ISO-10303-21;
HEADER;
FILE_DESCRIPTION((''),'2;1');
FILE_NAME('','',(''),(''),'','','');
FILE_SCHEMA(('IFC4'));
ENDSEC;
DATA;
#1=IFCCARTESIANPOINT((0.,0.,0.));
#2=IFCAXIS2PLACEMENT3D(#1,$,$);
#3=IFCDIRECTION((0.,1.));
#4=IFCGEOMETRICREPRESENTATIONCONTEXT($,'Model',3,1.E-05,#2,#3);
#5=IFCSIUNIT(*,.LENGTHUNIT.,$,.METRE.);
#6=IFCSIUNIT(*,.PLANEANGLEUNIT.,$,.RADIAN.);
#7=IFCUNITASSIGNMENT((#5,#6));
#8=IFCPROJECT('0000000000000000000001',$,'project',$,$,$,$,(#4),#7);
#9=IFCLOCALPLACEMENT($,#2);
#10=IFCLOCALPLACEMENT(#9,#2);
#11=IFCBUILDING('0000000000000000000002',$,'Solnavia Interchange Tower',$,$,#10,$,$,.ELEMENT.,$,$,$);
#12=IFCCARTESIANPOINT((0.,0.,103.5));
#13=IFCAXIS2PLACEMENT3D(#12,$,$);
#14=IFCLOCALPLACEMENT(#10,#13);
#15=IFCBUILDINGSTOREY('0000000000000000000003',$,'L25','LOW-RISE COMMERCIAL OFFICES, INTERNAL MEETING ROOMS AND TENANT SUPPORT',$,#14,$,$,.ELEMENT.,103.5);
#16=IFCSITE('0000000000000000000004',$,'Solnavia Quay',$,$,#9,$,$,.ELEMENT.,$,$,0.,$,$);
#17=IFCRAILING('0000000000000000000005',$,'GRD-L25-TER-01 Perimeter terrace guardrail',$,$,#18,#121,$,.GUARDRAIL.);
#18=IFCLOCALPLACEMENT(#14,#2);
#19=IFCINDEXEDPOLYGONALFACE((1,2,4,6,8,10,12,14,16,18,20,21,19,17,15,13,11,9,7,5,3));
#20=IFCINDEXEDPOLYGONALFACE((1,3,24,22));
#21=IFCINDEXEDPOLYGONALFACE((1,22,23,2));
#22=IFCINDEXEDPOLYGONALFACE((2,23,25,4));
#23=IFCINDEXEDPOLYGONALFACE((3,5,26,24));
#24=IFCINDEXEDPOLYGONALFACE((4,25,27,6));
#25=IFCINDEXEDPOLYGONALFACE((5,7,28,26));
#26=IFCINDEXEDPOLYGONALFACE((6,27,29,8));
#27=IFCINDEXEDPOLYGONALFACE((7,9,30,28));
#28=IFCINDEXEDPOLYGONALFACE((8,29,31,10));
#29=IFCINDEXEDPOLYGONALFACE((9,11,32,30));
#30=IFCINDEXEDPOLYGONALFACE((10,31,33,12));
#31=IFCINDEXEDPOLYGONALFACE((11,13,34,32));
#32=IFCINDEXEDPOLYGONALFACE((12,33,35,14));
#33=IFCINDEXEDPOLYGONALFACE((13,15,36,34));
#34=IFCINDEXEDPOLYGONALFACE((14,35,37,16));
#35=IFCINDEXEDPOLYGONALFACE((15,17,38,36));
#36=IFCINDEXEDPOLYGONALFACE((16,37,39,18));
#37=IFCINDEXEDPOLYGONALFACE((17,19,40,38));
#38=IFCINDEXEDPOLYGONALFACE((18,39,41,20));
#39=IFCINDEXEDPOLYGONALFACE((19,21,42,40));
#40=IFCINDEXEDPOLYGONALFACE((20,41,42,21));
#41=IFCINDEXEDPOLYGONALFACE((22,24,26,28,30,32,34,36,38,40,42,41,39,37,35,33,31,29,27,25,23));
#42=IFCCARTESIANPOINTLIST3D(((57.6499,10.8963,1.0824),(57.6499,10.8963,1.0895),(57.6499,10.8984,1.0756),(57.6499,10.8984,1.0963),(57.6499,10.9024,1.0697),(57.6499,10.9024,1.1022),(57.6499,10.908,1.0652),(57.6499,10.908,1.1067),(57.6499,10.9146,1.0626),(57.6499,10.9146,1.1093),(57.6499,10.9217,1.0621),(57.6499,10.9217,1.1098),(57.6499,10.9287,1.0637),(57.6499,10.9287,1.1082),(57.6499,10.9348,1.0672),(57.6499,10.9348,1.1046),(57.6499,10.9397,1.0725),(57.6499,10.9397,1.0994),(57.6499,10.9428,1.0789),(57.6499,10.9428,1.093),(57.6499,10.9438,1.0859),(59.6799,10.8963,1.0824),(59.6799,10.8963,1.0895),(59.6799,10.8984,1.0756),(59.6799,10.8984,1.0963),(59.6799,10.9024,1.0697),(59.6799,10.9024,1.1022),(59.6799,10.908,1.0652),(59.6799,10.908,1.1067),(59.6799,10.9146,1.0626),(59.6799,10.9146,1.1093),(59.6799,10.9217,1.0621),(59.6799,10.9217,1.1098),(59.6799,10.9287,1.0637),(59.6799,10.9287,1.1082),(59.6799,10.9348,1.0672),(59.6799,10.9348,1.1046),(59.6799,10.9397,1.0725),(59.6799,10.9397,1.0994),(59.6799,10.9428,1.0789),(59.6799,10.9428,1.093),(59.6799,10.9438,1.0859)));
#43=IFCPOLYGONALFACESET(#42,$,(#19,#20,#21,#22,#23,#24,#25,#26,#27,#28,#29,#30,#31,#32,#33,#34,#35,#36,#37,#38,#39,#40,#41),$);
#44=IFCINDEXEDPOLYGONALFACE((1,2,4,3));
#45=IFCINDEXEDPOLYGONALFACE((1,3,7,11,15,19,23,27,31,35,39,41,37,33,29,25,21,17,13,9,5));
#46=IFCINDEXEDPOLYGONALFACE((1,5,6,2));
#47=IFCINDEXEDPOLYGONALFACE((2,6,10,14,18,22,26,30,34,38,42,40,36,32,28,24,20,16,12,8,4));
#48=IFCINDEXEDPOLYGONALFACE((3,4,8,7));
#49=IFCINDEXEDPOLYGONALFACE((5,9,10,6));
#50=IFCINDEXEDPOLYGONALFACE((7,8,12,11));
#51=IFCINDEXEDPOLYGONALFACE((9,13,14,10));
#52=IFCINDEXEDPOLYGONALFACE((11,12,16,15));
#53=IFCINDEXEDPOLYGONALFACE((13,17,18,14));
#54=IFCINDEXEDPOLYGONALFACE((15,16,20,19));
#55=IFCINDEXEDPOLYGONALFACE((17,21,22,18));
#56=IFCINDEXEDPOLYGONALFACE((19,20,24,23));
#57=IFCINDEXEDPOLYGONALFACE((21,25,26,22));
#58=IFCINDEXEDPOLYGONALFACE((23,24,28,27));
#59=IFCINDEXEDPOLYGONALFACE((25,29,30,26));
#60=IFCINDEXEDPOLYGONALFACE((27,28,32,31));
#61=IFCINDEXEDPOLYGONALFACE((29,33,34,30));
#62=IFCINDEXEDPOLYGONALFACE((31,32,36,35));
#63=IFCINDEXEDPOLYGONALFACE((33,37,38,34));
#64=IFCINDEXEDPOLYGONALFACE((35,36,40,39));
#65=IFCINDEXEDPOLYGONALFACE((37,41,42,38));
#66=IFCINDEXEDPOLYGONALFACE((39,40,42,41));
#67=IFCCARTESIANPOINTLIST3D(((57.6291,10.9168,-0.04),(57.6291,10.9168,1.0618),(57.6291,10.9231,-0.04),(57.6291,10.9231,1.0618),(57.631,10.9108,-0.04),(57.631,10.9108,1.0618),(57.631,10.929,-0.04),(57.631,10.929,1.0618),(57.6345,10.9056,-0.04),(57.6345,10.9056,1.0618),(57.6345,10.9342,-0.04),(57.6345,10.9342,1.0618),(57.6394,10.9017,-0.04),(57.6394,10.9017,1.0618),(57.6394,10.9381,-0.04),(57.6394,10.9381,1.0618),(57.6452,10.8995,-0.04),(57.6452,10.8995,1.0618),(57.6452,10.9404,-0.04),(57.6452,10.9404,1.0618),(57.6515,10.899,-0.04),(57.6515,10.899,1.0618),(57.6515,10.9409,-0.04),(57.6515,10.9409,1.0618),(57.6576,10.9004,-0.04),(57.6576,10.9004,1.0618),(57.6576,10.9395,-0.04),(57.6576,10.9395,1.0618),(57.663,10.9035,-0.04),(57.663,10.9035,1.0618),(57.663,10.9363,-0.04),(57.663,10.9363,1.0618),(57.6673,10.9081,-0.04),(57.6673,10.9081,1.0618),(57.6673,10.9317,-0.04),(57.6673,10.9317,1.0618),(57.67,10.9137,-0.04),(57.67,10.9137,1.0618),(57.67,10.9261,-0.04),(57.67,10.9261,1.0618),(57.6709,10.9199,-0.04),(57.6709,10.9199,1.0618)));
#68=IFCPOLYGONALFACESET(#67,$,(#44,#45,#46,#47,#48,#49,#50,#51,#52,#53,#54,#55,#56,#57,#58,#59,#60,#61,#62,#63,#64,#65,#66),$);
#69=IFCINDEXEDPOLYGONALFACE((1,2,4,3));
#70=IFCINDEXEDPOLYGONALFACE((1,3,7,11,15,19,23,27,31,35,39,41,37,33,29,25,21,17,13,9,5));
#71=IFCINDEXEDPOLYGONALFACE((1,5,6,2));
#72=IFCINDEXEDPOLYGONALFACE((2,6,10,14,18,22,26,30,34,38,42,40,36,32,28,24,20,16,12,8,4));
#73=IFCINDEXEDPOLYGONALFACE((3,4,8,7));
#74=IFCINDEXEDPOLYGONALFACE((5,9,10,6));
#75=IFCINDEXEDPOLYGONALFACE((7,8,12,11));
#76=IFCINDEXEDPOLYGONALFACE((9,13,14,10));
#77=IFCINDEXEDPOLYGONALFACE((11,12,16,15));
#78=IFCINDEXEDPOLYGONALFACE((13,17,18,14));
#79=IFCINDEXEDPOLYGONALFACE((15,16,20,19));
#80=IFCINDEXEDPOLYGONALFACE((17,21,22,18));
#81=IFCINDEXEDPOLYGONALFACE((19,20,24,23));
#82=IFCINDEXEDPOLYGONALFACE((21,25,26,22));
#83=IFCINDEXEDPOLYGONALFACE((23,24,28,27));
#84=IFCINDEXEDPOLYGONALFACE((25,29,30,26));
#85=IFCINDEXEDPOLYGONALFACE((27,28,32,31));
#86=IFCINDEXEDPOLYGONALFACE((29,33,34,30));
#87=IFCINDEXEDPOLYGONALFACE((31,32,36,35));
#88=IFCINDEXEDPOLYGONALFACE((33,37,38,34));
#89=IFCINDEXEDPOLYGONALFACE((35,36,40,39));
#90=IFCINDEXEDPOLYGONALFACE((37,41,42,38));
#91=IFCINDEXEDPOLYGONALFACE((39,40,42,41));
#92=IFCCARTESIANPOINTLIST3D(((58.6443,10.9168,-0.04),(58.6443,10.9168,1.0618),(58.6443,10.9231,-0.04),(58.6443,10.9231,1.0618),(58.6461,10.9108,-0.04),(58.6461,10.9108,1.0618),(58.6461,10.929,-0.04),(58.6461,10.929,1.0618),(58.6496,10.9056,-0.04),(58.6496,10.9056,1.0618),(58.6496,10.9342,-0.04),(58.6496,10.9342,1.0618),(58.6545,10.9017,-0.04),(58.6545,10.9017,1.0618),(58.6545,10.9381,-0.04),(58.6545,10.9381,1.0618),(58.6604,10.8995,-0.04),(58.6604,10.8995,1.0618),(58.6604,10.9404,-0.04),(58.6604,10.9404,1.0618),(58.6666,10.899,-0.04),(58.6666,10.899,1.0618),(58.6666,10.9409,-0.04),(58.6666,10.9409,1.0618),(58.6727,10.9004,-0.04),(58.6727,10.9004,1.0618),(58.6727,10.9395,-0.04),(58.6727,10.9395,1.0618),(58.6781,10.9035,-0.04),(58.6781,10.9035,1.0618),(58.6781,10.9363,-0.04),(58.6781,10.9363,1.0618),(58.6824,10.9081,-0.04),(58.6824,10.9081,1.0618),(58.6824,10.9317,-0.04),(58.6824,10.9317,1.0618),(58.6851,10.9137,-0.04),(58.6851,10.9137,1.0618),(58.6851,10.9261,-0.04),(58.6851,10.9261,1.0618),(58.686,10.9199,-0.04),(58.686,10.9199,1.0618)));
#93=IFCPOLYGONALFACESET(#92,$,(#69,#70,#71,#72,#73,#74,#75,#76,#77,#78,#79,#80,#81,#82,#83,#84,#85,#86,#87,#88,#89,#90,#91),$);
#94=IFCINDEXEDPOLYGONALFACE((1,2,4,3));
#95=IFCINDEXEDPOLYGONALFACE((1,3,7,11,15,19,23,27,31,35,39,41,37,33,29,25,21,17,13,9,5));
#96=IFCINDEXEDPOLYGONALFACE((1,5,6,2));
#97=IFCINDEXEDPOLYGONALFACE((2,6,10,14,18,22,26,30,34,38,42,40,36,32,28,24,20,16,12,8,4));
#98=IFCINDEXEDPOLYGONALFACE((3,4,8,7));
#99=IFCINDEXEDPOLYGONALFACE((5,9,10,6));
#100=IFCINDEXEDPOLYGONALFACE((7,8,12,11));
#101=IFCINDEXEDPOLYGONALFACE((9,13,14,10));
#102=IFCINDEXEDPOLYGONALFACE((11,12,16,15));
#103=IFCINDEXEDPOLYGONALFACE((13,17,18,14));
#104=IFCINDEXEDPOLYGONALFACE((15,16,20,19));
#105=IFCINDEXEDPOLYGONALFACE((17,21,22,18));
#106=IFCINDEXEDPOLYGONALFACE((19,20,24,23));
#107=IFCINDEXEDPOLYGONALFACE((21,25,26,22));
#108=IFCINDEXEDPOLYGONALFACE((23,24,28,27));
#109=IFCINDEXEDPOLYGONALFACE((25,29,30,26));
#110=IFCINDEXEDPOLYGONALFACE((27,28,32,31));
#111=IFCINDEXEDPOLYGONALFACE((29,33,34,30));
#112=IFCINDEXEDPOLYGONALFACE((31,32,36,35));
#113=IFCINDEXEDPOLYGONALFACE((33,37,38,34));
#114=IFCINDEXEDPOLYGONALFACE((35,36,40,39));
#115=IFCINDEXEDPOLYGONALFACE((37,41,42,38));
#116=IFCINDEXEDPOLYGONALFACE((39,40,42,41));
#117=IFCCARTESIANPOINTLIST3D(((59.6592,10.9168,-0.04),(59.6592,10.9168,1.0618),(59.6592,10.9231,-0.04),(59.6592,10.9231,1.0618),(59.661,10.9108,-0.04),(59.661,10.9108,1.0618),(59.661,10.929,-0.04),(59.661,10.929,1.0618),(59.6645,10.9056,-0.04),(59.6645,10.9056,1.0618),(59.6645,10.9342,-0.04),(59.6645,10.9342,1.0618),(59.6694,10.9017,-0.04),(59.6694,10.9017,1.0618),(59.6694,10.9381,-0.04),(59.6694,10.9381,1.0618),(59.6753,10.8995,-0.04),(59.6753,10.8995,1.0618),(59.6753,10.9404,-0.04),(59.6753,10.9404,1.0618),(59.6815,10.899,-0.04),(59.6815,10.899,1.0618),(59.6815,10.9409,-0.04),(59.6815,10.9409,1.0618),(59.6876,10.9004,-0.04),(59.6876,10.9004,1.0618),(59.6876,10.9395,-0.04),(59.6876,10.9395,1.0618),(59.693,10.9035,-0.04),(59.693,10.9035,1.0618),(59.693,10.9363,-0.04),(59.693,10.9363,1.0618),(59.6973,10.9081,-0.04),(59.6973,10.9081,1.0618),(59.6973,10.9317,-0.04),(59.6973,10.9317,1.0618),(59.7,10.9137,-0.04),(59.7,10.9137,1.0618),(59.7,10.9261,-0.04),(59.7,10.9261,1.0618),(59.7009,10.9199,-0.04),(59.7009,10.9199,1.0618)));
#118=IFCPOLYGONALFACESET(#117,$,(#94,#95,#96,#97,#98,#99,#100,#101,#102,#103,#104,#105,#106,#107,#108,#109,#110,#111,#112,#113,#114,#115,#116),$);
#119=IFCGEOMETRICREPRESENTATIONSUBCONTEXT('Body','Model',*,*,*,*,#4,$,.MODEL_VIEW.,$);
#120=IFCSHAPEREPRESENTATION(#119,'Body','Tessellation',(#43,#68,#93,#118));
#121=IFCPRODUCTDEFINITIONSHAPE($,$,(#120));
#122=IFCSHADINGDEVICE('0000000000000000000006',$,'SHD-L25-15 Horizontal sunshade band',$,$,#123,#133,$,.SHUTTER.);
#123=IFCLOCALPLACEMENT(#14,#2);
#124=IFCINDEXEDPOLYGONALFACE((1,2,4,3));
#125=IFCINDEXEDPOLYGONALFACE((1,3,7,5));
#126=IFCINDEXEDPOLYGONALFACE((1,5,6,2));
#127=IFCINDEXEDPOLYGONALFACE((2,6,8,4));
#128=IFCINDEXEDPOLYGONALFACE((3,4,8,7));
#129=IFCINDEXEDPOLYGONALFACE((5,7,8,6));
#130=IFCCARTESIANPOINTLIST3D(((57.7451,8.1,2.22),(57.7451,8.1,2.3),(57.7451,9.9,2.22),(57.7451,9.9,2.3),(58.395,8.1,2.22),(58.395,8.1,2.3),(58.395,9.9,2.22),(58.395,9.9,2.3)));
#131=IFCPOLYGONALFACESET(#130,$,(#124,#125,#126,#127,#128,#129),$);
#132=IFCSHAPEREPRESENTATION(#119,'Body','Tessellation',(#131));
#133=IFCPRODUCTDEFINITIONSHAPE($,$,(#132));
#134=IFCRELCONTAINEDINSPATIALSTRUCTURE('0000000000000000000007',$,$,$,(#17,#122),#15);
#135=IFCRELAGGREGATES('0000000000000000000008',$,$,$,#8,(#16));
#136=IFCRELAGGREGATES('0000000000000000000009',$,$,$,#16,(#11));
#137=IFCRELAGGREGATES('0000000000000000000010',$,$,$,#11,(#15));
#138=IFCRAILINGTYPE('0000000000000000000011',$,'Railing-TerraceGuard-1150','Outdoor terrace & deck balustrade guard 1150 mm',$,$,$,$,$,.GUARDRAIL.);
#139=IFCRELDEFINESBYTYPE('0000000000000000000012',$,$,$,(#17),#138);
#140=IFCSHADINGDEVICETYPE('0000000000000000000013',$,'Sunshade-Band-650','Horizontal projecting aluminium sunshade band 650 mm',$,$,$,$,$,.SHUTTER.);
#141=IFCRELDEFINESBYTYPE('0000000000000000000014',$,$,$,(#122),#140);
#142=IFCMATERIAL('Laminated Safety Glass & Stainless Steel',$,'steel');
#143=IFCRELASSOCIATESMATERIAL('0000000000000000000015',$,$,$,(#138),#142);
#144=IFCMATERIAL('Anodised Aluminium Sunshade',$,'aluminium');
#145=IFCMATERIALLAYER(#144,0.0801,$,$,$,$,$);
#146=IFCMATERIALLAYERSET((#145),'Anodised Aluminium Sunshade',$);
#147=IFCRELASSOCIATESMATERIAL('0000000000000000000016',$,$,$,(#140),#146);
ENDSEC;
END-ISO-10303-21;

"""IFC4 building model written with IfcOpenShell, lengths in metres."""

from ifc_helpers import new_model, si_unit, direction, frame, origin, origin_2d, place, context, subcontext, project, spatial, rectangle, circle, extrude, material, layer, layer_set, type_object, element, save


model = new_model("IFC4")

# Units and contexts
model_context = context("Model", 3, precision=1e-05, world=origin(), true_north=direction((0.0, 1.0)))
body_context = subcontext(model_context, "Body", "Model", "MODEL_VIEW")
ifc_project = project(units=[si_unit("LENGTHUNIT", "METRE"), si_unit("PLANEANGLEUNIT", "RADIAN")], contexts=[model_context])

# Site, building, storey
site_placement = place(None, origin())
site = spatial("IfcSite", under=ifc_project, at=site_placement, Name="Solnavia Quay", CompositionType="ELEMENT", RefElevation=0.0)
building_placement = place(site_placement, origin())
building = spatial("IfcBuilding", under=site, at=building_placement, Name="Solnavia Interchange Tower", CompositionType="ELEMENT")
storey_placement = place(building_placement, frame((0.0, 0.0, 103.5)))
storey = spatial("IfcBuildingStorey", under=building, at=storey_placement, Name="L25", Description="LOW-RISE COMMERCIAL OFFICES, INTERNAL MEETING ROOMS AND TENANT SUPPORT", CompositionType="ELEMENT", Elevation=103.5)

# Railing
ifc_material_1 = material(Name="Laminated Safety Glass & Stainless Steel", Category="steel")
railing_type = type_object("IfcRailingType", Name="Railing-TerraceGuard-1150", Description="Outdoor terrace & deck balustrade guard 1150 mm", PredefinedType="GUARDRAIL", material=ifc_material_1)
railing_1_placement = place(storey_placement, frame((57.6499, 10.9199, -0.04)))
element("IfcRailing", 1, at=railing_1_placement, inside=storey, type_object=railing_type, Name="GRD-L25-TER-01 Perimeter terrace guardrail", PredefinedType="GUARDRAIL", context=body_context, shape_type="SweptSolid", body=[
    extrude(circle(Radius=0.0239, at=origin_2d()), frame((0.0, 0.0, 1.126), z_axis=(1.0, 0.0, 0.0), x_axis=(0.0, 1.0, 0.0)), (0.0, 0.0, 1.0), 2.03),
    extrude(circle(Radius=0.021, at=origin_2d()), origin(), (0.0, 0.0, 1.0), 1.1018),
    extrude(circle(Radius=0.021, at=origin_2d()), frame((1.0151, 0.0, 0.0)), (0.0, 0.0, 1.0), 1.1018),
    extrude(circle(Radius=0.021, at=origin_2d()), frame((2.03, 0.0, 0.0)), (0.0, 0.0, 1.0), 1.1018),
])

# Shading device
ifc_material_2 = material(Name="Anodised Aluminium Sunshade", Category="aluminium")
ifc_layer_1 = layer(ifc_material_2, 0.0801)
ifc_layer_set_1 = layer_set([ifc_layer_1], Name="Anodised Aluminium Sunshade")
shading_device_type = type_object("IfcShadingDeviceType", Name="Sunshade-Band-650", Description="Horizontal projecting aluminium sunshade band 650 mm", PredefinedType="SHUTTER", material=ifc_layer_set_1)
shading_device_placement = place(storey_placement, frame((58.0701, 9.0, 2.22), z_axis=(0.0, 0.0, 1.0), x_axis=(0.0, -1.0, 0.0)))
element("IfcShadingDevice", 2, at=shading_device_placement, inside=storey, type_object=shading_device_type, Name="SHD-L25-15 Horizontal sunshade band", PredefinedType="SHUTTER", context=body_context, shape_type="SweptSolid", body=[
    extrude(rectangle(XDim=1.8, YDim=0.6499, at=origin_2d()), origin(), (0.0, 0.0, 1.0), 0.0801),
])

save(model, "model.ifc")
